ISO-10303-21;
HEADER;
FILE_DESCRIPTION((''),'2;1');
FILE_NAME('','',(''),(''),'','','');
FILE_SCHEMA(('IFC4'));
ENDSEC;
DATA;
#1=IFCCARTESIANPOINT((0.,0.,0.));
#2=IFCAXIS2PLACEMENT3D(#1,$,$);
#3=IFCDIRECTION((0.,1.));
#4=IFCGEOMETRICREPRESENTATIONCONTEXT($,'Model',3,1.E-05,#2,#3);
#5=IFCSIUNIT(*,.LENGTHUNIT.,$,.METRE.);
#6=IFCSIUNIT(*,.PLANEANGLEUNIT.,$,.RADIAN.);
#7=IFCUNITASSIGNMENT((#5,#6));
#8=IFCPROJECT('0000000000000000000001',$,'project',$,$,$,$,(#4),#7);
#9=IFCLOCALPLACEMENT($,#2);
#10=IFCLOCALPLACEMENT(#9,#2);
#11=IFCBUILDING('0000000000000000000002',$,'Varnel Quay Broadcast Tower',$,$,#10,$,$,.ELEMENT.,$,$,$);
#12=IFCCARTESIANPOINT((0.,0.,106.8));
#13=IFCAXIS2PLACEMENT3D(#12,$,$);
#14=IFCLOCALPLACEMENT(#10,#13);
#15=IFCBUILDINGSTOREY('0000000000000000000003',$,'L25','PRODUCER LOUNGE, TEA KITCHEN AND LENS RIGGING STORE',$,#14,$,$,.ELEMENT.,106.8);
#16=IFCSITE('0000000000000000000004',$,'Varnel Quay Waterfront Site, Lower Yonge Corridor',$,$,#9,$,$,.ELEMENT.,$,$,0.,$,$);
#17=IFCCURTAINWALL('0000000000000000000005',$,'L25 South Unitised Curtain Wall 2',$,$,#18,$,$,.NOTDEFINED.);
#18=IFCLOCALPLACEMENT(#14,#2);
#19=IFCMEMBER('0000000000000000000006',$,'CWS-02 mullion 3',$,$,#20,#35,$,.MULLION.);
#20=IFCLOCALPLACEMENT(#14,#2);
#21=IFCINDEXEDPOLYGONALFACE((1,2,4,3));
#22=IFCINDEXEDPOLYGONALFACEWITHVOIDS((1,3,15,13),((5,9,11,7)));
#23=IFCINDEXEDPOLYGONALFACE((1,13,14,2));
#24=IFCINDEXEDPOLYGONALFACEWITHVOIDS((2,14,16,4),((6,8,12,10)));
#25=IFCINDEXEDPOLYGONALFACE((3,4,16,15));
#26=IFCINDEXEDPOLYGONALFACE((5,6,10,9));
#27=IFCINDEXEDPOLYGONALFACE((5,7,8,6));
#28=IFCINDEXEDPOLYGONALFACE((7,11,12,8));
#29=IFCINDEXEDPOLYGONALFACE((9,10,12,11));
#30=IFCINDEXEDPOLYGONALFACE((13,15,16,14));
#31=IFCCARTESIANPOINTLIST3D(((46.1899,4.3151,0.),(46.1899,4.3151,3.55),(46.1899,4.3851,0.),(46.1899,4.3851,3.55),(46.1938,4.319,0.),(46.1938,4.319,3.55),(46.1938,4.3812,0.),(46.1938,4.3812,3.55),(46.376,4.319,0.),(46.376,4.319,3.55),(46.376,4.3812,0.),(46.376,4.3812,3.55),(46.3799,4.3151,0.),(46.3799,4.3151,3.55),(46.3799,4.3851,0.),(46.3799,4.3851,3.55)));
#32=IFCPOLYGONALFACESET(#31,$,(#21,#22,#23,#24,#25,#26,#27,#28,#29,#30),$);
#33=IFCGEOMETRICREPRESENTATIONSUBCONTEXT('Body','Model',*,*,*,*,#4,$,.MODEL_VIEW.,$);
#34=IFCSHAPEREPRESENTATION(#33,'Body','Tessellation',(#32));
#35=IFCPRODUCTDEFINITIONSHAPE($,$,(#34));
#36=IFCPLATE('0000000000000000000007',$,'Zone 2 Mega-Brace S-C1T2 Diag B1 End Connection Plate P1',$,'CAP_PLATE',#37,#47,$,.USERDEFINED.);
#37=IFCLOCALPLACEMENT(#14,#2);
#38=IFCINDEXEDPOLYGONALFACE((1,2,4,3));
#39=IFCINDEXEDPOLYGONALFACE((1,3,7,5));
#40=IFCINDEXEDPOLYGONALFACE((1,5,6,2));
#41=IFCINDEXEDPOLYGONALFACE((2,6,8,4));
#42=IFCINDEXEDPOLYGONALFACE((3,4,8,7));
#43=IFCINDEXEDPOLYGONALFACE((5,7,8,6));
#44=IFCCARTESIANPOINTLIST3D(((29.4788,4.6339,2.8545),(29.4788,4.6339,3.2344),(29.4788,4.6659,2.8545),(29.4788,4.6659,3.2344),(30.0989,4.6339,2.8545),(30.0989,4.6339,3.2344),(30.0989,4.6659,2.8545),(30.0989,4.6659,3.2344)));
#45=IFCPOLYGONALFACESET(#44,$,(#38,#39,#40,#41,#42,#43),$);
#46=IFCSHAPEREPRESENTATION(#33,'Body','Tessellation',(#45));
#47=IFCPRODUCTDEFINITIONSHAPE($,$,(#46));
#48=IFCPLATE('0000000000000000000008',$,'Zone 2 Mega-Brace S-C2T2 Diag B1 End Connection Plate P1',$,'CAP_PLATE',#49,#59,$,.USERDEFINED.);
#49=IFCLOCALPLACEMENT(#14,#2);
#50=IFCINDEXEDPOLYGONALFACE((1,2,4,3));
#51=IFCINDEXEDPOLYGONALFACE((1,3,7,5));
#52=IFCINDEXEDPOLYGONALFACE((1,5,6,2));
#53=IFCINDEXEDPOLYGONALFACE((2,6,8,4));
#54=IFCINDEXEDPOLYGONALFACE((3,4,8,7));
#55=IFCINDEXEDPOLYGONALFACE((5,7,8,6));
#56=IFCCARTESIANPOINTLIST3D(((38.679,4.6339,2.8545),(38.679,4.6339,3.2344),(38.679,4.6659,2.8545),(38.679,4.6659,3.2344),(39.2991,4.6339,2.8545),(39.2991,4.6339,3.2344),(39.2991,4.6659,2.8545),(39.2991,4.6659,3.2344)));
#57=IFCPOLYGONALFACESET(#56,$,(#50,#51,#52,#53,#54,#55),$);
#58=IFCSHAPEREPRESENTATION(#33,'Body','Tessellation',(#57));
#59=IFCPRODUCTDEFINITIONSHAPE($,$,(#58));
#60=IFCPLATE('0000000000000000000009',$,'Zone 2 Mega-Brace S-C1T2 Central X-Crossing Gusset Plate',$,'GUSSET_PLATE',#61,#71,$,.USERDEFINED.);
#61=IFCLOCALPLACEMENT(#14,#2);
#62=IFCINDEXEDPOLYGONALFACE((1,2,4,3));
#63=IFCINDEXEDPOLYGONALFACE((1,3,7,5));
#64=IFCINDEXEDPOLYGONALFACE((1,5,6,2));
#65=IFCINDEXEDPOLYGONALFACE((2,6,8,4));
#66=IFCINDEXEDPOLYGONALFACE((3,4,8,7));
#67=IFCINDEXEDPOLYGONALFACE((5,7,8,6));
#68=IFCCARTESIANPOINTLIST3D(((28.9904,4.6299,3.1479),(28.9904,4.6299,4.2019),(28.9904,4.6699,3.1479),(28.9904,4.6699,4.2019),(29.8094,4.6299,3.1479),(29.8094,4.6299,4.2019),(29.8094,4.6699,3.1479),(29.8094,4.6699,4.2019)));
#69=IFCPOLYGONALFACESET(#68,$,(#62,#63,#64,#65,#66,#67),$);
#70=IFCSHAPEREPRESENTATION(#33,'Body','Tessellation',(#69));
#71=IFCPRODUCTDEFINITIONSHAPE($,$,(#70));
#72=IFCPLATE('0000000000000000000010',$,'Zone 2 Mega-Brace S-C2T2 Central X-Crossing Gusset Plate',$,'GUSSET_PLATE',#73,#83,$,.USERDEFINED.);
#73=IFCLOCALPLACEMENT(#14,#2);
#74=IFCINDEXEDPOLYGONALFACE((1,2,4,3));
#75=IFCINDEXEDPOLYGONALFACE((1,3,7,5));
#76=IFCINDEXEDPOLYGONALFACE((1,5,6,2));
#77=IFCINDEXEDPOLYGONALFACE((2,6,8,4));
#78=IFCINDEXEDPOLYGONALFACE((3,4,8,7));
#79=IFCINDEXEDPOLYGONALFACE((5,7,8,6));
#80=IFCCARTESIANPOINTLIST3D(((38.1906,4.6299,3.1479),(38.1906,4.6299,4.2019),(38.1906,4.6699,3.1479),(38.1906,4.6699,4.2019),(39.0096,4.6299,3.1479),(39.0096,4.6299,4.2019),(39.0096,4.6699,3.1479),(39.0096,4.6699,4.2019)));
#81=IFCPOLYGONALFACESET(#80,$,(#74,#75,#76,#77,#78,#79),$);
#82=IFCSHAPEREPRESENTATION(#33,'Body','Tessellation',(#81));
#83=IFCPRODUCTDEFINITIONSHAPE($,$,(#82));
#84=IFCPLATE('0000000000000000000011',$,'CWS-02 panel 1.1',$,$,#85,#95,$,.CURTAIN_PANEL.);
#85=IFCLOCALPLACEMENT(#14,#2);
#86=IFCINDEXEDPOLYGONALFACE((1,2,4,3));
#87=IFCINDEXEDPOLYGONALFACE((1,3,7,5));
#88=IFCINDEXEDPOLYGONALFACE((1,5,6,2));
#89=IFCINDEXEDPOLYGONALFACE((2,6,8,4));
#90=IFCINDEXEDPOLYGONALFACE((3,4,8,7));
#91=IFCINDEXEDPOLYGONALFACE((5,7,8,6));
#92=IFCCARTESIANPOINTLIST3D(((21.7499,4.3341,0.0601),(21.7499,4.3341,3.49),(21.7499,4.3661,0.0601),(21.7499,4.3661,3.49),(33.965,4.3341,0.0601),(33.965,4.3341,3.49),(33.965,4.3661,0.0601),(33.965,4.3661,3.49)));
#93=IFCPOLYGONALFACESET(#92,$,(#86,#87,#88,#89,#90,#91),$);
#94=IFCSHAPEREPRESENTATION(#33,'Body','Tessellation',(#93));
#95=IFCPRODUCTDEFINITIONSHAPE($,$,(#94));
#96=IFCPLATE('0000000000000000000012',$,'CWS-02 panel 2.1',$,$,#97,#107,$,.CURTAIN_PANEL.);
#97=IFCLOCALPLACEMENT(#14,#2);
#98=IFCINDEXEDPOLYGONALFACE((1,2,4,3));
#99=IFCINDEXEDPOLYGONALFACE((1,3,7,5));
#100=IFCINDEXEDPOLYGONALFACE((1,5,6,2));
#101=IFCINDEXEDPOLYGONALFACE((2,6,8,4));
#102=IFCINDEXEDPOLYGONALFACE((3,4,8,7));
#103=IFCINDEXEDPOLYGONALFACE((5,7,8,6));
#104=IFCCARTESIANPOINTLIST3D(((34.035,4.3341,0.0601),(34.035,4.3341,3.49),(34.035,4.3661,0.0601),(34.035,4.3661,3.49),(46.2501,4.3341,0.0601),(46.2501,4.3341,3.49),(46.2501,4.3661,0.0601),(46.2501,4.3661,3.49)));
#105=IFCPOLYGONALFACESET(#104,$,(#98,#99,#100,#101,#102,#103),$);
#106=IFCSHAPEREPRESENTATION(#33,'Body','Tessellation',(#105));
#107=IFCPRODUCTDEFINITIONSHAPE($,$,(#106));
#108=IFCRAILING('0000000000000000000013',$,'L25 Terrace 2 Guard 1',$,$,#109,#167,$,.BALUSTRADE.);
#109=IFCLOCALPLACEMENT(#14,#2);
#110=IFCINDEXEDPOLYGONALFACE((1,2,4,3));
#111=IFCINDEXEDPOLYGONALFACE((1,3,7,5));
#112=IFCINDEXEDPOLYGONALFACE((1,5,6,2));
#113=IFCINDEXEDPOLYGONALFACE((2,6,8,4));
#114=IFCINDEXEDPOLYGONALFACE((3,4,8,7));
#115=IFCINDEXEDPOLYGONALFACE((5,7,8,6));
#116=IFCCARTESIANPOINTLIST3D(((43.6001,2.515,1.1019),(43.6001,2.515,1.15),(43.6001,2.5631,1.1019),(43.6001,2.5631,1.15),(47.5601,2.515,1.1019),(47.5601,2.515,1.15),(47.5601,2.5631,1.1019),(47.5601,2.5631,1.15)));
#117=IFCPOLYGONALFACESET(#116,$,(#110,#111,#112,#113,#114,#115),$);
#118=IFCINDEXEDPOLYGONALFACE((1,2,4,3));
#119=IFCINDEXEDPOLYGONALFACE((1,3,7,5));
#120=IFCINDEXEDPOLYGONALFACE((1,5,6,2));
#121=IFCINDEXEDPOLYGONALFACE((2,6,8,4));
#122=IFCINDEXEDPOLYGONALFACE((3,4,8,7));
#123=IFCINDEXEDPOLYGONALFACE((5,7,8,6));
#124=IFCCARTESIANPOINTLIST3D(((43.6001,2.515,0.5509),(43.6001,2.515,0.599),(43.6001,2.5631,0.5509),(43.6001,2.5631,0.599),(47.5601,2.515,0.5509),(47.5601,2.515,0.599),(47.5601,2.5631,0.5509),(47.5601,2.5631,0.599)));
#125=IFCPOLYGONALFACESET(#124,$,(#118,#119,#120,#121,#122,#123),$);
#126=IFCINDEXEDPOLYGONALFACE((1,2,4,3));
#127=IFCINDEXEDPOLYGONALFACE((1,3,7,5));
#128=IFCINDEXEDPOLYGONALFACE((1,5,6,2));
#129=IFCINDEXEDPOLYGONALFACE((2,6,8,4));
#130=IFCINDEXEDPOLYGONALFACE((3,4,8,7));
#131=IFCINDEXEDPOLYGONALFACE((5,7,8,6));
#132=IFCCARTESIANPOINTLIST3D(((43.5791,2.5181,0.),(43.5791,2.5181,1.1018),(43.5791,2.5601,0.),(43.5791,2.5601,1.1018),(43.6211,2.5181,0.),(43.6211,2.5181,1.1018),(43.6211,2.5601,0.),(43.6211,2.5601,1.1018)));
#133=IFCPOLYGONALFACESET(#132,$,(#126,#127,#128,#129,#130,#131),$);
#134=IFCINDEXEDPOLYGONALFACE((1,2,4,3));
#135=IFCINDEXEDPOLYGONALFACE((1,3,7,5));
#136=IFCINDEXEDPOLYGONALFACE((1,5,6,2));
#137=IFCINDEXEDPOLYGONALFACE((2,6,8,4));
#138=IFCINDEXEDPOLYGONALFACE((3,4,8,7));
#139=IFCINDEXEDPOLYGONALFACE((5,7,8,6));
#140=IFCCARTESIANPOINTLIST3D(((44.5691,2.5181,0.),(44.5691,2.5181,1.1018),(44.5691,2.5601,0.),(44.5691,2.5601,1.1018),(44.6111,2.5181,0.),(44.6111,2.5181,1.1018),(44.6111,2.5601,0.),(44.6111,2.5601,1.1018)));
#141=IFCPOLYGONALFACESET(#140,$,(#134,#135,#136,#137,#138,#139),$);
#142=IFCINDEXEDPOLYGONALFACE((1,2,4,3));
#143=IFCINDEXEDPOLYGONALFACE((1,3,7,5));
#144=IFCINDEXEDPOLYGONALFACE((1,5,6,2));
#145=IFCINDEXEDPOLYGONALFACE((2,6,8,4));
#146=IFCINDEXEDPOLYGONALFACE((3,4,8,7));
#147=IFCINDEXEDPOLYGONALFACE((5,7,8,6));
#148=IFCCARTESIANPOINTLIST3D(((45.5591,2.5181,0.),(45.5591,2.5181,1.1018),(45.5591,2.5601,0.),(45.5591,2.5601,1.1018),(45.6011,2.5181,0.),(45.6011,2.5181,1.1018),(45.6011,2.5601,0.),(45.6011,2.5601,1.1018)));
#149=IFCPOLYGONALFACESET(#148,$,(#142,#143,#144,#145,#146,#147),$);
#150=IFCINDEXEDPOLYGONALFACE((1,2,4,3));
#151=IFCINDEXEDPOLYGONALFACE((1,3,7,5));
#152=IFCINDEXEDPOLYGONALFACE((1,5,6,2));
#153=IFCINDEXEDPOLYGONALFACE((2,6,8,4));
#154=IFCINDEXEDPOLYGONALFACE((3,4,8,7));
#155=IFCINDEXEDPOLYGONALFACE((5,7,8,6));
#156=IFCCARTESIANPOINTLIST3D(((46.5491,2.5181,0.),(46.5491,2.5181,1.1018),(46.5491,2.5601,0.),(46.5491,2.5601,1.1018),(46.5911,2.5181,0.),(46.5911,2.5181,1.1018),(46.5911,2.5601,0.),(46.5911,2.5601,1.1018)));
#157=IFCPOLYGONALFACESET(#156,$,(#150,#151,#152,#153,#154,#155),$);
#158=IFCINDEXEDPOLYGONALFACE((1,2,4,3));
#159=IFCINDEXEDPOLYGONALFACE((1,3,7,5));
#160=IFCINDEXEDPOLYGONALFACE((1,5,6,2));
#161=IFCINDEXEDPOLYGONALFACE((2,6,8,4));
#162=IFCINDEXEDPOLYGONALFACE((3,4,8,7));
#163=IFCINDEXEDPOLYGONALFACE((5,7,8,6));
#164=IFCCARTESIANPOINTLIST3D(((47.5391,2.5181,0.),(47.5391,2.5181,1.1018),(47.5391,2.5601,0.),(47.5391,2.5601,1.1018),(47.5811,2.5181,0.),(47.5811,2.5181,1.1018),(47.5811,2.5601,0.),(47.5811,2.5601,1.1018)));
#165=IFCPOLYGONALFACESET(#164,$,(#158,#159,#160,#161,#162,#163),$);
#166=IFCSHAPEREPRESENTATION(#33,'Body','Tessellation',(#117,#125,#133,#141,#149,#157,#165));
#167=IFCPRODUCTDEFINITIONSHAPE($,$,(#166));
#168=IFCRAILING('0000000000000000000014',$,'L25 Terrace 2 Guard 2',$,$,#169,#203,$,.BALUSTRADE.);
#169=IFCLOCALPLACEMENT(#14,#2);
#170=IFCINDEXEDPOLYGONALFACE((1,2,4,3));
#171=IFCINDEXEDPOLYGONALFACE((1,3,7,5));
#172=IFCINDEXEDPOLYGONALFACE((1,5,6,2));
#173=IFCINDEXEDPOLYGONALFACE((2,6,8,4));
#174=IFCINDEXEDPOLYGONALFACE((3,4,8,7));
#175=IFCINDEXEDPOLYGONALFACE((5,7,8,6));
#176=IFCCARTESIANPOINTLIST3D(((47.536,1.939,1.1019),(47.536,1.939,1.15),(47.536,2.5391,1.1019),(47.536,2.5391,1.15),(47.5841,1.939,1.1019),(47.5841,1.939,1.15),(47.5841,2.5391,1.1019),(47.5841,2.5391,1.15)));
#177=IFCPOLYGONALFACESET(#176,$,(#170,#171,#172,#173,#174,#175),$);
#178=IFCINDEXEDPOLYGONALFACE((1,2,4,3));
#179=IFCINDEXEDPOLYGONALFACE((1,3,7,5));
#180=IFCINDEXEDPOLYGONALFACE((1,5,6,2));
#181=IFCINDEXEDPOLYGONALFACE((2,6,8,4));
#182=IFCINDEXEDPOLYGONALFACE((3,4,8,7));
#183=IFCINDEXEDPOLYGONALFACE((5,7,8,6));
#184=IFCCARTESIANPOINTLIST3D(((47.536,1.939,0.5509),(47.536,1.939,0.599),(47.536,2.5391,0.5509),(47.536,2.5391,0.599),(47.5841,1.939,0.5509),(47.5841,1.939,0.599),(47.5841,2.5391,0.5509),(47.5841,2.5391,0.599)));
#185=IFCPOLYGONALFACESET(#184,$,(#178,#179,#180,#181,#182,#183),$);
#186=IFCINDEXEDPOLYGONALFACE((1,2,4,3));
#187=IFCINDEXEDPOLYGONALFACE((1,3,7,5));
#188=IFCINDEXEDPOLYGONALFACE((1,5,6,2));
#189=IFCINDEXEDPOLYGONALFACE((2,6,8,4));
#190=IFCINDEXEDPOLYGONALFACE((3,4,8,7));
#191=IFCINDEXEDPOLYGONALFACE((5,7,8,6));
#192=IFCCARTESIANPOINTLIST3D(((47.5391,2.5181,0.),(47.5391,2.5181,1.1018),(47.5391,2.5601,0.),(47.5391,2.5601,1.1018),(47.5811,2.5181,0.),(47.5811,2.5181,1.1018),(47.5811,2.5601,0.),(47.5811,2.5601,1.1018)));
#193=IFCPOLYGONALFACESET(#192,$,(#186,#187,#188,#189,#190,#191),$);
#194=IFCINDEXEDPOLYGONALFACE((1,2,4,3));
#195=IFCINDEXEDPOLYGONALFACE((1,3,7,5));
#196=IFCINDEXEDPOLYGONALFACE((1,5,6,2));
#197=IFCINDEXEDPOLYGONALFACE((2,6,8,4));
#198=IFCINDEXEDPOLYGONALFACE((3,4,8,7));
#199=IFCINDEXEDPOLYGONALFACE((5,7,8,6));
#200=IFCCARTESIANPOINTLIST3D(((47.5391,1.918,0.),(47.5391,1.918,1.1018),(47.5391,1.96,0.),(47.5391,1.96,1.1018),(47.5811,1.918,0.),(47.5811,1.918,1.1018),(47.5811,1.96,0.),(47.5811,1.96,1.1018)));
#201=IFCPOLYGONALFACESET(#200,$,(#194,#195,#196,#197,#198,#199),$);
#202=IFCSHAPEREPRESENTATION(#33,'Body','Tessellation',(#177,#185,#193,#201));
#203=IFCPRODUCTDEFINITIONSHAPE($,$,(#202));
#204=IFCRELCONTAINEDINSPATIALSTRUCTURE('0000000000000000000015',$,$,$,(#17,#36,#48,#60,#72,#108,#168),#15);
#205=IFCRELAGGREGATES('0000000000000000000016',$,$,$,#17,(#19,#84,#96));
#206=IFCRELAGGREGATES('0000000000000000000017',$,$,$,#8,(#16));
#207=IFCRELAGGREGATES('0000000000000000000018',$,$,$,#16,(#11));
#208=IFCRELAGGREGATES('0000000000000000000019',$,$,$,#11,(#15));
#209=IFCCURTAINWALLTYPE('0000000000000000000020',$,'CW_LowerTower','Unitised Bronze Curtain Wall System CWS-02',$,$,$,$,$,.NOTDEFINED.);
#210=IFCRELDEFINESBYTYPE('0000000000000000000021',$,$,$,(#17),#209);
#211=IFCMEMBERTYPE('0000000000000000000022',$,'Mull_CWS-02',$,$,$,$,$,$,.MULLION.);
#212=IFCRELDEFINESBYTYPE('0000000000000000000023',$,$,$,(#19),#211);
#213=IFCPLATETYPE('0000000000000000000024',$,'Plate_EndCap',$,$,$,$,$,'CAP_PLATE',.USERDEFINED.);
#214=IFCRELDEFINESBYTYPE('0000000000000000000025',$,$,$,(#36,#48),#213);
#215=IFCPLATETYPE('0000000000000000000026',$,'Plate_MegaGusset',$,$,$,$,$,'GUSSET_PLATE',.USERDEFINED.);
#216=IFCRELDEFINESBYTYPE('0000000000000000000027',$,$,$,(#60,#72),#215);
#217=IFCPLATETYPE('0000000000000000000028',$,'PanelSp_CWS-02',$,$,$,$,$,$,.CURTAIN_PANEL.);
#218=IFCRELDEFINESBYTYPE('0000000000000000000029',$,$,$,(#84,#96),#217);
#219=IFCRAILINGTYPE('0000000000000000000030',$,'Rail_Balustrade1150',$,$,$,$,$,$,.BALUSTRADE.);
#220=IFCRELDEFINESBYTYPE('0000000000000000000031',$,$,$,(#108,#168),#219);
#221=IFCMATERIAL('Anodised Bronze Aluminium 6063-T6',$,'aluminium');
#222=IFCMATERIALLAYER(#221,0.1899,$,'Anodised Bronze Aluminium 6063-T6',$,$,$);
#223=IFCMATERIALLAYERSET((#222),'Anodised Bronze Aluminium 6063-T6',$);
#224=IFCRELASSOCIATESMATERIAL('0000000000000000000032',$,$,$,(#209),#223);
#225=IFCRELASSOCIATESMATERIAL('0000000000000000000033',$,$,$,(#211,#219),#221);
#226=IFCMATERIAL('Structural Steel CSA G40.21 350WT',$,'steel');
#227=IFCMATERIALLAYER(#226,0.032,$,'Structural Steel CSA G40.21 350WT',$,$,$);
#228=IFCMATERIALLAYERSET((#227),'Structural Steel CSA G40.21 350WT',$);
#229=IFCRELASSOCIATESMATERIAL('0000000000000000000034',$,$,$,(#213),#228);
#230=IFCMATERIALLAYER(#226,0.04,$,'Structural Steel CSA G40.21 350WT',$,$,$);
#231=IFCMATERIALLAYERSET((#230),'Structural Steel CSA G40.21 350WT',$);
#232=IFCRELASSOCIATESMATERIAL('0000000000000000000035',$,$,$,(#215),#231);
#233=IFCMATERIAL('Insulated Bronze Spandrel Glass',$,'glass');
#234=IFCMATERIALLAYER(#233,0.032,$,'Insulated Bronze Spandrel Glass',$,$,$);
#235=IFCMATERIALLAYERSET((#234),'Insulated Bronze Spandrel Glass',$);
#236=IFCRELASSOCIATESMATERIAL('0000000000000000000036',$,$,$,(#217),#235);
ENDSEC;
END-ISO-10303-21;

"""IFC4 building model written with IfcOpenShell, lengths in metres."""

from ifc_helpers import new_model, si_unit, direction, frame, origin, origin_2d, place, context, subcontext, project, spatial, rectangle, hollow_rectangle, extrude, source, transform, mapped, material, layer, layer_set, material_profile, profile_set, type_object, type_shapes, element, aggregate, save


model = new_model("IFC4")

# Units and contexts
model_context = context("Model", 3, precision=1e-05, world=origin(), true_north=direction((0.0, 1.0)))
body_context = subcontext(model_context, "Body", "Model", "MODEL_VIEW")
ifc_project = project(units=[si_unit("LENGTHUNIT", "METRE"), si_unit("PLANEANGLEUNIT", "RADIAN")], contexts=[model_context])

# Site, building, storey
site_placement = place(None, origin())
site = spatial("IfcSite", under=ifc_project, at=site_placement, Name="Varnel Quay Waterfront Site, Lower Yonge Corridor", CompositionType="ELEMENT", RefElevation=0.0)
building_placement = place(site_placement, origin())
building = spatial("IfcBuilding", under=site, at=building_placement, Name="Varnel Quay Broadcast Tower", CompositionType="ELEMENT")
storey_placement = place(building_placement, frame((0.0, 0.0, 106.8)))
storey = spatial("IfcBuildingStorey", under=building, at=storey_placement, Name="L25", Description="PRODUCER LOUNGE, TEA KITCHEN AND LENS RIGGING STORE", CompositionType="ELEMENT", Elevation=106.8)

# Shared definitions
ifc_material_1 = material(Name="Structural Steel CSA G40.21 350WT", Category="steel")

# Curtain wall, member
ifc_material_2 = material(Name="Anodised Bronze Aluminium 6063-T6", Category="aluminium")
ifc_layer_1 = layer(ifc_material_2, 0.1899, Name="Anodised Bronze Aluminium 6063-T6")
ifc_layer_set_1 = layer_set([ifc_layer_1], Name="Anodised Bronze Aluminium 6063-T6")
curtain_wall_type = type_object("IfcCurtainWallType", Name="CW_LowerTower", Description="Unitised Bronze Curtain Wall System CWS-02", PredefinedType="NOTDEFINED", material=ifc_layer_set_1)
curtain_wall_placement = place(storey_placement, origin())
curtain_wall = element("IfcCurtainWall", 1, at=curtain_wall_placement, inside=storey, type_object=curtain_wall_type, Name="L25 South Unitised Curtain Wall 2", PredefinedType="NOTDEFINED")
ifc_material_profile_1 = material_profile(ifc_material_2, hollow_rectangle(XDim=0.0701, YDim=0.1899, WallThickness=0.0039, at=origin_2d()), Name="ALU70X190X4")
ifc_profile_set_1 = profile_set([ifc_material_profile_1], Name="Anodised Bronze Aluminium 6063-T6")
member_type_1 = type_object("IfcMemberType", Name="Mull_CWS-02", PredefinedType="MULLION", material=ifc_profile_set_1)
shared_shape_1 = source(origin(), body_context, "Body", "SweptSolid", [
    extrude(hollow_rectangle(XDim=0.0701, YDim=0.1899, WallThickness=0.0039, at=origin_2d()), origin(), (0.0, 0.0, 1.0), 3.55),
])
type_shapes(member_type_1, [shared_shape_1])
member_1_placement = place(storey_placement, frame((46.2849, 4.3501, 0.0), z_axis=(0.0, 0.0, 1.0), x_axis=(0.0, 1.0, 0.0)))
member_1 = element("IfcMember", 2, at=member_1_placement, type_object=member_type_1, Name="CWS-02 mullion 3", PredefinedType="MULLION", context=body_context, shape_type="MappedRepresentation", body=[
    mapped(shared_shape_1, transform((0.0, 0.0, 0.0), x_axis=(1.0, 0.0, 0.0), y_axis=(0.0, 1.0, 0.0), z_axis=(0.0, 0.0, 1.0), scale=1.0)),
])

# Plates
ifc_layer_2 = layer(ifc_material_1, 0.032, Name="Structural Steel CSA G40.21 350WT")
ifc_layer_set_2 = layer_set([ifc_layer_2], Name="Structural Steel CSA G40.21 350WT")
plate_type_1 = type_object("IfcPlateType", Name="Plate_EndCap", ElementType="CAP_PLATE", PredefinedType="USERDEFINED", material=ifc_layer_set_2)
shared_shape_2 = source(origin(), body_context, "Body", "SweptSolid", [
    extrude(rectangle(XDim=0.6201, YDim=0.032, at=origin_2d()), origin(), (0.0, 0.0, 1.0), 0.3799),
])
type_shapes(plate_type_1, [shared_shape_2])
for number, where, z_axis, x_axis, name in (
    (3, (29.7888, 4.6499, 2.8545), (0.0, 0.0, 1.0), (1.0, 0.0, 0.0), "Zone 2 Mega-Brace S-C1T2 Diag B1 End Connection Plate P1"),
    (4, (38.989, 4.6499, 2.8545), (0.0, 0.0, 1.0), (1.0, 0.0, 0.0), "Zone 2 Mega-Brace S-C2T2 Diag B1 End Connection Plate P1"),
):
    element("IfcPlate", number, at=place(storey_placement, frame(where, z_axis=z_axis, x_axis=x_axis)), inside=storey, type_object=plate_type_1, Name=name, ObjectType="CAP_PLATE", PredefinedType="USERDEFINED", context=body_context, shape_type="MappedRepresentation", body=[
        mapped(shared_shape_2, transform((0.0, 0.0, 0.0), x_axis=(1.0, 0.0, 0.0), y_axis=(0.0, 1.0, 0.0), z_axis=(0.0, 0.0, 1.0), scale=1.0)),
    ])
ifc_layer_3 = layer(ifc_material_1, 0.04, Name="Structural Steel CSA G40.21 350WT")
ifc_layer_set_3 = layer_set([ifc_layer_3], Name="Structural Steel CSA G40.21 350WT")
plate_type_2 = type_object("IfcPlateType", Name="Plate_MegaGusset", ElementType="GUSSET_PLATE", PredefinedType="USERDEFINED", material=ifc_layer_set_3)
shared_shape_3 = source(origin(), body_context, "Body", "SweptSolid", [
    extrude(rectangle(XDim=0.8191, YDim=0.04, at=origin_2d()), origin(), (0.0, 0.0, 1.0), 1.054),
])
type_shapes(plate_type_2, [shared_shape_3])
for number, where, z_axis, x_axis, name in (
    (5, (29.3999, 4.6499, 3.1479), (0.0, 0.0, 1.0), (1.0, 0.0, 0.0), "Zone 2 Mega-Brace S-C1T2 Central X-Crossing Gusset Plate"),
    (6, (38.6001, 4.6499, 3.1479), (0.0, 0.0, 1.0), (1.0, 0.0, 0.0), "Zone 2 Mega-Brace S-C2T2 Central X-Crossing Gusset Plate"),
):
    element("IfcPlate", number, at=place(storey_placement, frame(where, z_axis=z_axis, x_axis=x_axis)), inside=storey, type_object=plate_type_2, Name=name, ObjectType="GUSSET_PLATE", PredefinedType="USERDEFINED", context=body_context, shape_type="MappedRepresentation", body=[
        mapped(shared_shape_3, transform((0.0, 0.0, 0.0), x_axis=(1.0, 0.0, 0.0), y_axis=(0.0, 1.0, 0.0), z_axis=(0.0, 0.0, 1.0), scale=1.0)),
    ])

# Plates
ifc_material_3 = material(Name="Insulated Bronze Spandrel Glass", Category="glass")
ifc_layer_4 = layer(ifc_material_3, 0.032, Name="Insulated Bronze Spandrel Glass")
ifc_layer_set_4 = layer_set([ifc_layer_4], Name="Insulated Bronze Spandrel Glass")
plate_type_3 = type_object("IfcPlateType", Name="PanelSp_CWS-02", PredefinedType="CURTAIN_PANEL", material=ifc_layer_set_4)
shared_shape_4 = source(origin(), body_context, "Body", "SweptSolid", [
    extrude(rectangle(XDim=12.2151, YDim=0.032, at=origin_2d()), origin(), (0.0, 0.0, 1.0), 3.4299),
])
type_shapes(plate_type_3, [shared_shape_4])
plate_1_placement = place(storey_placement, frame((27.8574, 4.3501, 0.0601), z_axis=(0.0, 0.0, 1.0), x_axis=(1.0, 0.0, 0.0)))
plate_1 = element("IfcPlate", 7, at=plate_1_placement, type_object=plate_type_3, Name="CWS-02 panel 1.1", PredefinedType="CURTAIN_PANEL", context=body_context, shape_type="MappedRepresentation", body=[
    mapped(shared_shape_4, transform((0.0, 0.0, 0.0), x_axis=(1.0, 0.0, 0.0), y_axis=(0.0, 1.0, 0.0), z_axis=(0.0, 0.0, 1.0), scale=1.0)),
])
plate_2_placement = place(storey_placement, frame((40.1426, 4.3501, 0.0601), z_axis=(0.0, 0.0, 1.0), x_axis=(1.0, 0.0, 0.0)))
plate_2 = element("IfcPlate", 8, at=plate_2_placement, type_object=plate_type_3, Name="CWS-02 panel 2.1", PredefinedType="CURTAIN_PANEL", context=body_context, shape_type="MappedRepresentation", body=[
    mapped(shared_shape_4, transform((0.0, 0.0, 0.0), x_axis=(1.0, 0.0, 0.0), y_axis=(0.0, 1.0, 0.0), z_axis=(0.0, 0.0, 1.0), scale=1.0)),
])
aggregate(curtain_wall, [member_1, plate_1, plate_2])

# Railings
railing_type = type_object("IfcRailingType", Name="Rail_Balustrade1150", PredefinedType="BALUSTRADE", material=ifc_material_2)
railing_1_placement = place(storey_placement, frame((43.6001, 2.5391, 0.0)))
element("IfcRailing", 9, at=railing_1_placement, inside=storey, type_object=railing_type, Name="L25 Terrace 2 Guard 1", PredefinedType="BALUSTRADE", context=body_context, shape_type="SweptSolid", body=[
    extrude(rectangle(XDim=0.0481, YDim=0.0481, at=origin_2d()), frame((0.0, 0.0, 1.126), z_axis=(1.0, 0.0, 0.0), x_axis=(0.0, 1.0, 0.0)), (0.0, 0.0, 1.0), 3.96),
    extrude(rectangle(XDim=0.0481, YDim=0.0481, at=origin_2d()), frame((0.0, 0.0, 0.575), z_axis=(1.0, 0.0, 0.0), x_axis=(0.0, 1.0, 0.0)), (0.0, 0.0, 1.0), 3.96),
    extrude(rectangle(XDim=0.042, YDim=0.042, at=origin_2d()), origin(), (0.0, 0.0, 1.0), 1.1018),
    extrude(rectangle(XDim=0.042, YDim=0.042, at=origin_2d()), frame((0.99, 0.0, 0.0)), (0.0, 0.0, 1.0), 1.1018),
    extrude(rectangle(XDim=0.042, YDim=0.042, at=origin_2d()), frame((1.98, 0.0, 0.0)), (0.0, 0.0, 1.0), 1.1018),
    extrude(rectangle(XDim=0.042, YDim=0.042, at=origin_2d()), frame((2.97, 0.0, 0.0)), (0.0, 0.0, 1.0), 1.1018),
    extrude(rectangle(XDim=0.042, YDim=0.042, at=origin_2d()), frame((3.96, 0.0, 0.0)), (0.0, 0.0, 1.0), 1.1018),
])
railing_2_placement = place(storey_placement, frame((47.5601, 2.5391, 0.0)))
element("IfcRailing", 10, at=railing_2_placement, inside=storey, type_object=railing_type, Name="L25 Terrace 2 Guard 2", PredefinedType="BALUSTRADE", context=body_context, shape_type="SweptSolid", body=[
    extrude(rectangle(XDim=0.0481, YDim=0.0481, at=origin_2d()), frame((0.0, 0.0, 1.126), z_axis=(0.0, -1.0, 0.0), x_axis=(1.0, 0.0, 0.0)), (0.0, 0.0, 1.0), 0.6001),
    extrude(rectangle(XDim=0.0481, YDim=0.0481, at=origin_2d()), frame((0.0, 0.0, 0.575), z_axis=(0.0, -1.0, 0.0), x_axis=(1.0, 0.0, 0.0)), (0.0, 0.0, 1.0), 0.6001),
    extrude(rectangle(XDim=0.042, YDim=0.042, at=origin_2d()), origin(), (0.0, 0.0, 1.0), 1.1018),
    extrude(rectangle(XDim=0.042, YDim=0.042, at=origin_2d()), frame((0.0, -0.6001, 0.0)), (0.0, 0.0, 1.0), 1.1018),
])

save(model, "model.ifc")
